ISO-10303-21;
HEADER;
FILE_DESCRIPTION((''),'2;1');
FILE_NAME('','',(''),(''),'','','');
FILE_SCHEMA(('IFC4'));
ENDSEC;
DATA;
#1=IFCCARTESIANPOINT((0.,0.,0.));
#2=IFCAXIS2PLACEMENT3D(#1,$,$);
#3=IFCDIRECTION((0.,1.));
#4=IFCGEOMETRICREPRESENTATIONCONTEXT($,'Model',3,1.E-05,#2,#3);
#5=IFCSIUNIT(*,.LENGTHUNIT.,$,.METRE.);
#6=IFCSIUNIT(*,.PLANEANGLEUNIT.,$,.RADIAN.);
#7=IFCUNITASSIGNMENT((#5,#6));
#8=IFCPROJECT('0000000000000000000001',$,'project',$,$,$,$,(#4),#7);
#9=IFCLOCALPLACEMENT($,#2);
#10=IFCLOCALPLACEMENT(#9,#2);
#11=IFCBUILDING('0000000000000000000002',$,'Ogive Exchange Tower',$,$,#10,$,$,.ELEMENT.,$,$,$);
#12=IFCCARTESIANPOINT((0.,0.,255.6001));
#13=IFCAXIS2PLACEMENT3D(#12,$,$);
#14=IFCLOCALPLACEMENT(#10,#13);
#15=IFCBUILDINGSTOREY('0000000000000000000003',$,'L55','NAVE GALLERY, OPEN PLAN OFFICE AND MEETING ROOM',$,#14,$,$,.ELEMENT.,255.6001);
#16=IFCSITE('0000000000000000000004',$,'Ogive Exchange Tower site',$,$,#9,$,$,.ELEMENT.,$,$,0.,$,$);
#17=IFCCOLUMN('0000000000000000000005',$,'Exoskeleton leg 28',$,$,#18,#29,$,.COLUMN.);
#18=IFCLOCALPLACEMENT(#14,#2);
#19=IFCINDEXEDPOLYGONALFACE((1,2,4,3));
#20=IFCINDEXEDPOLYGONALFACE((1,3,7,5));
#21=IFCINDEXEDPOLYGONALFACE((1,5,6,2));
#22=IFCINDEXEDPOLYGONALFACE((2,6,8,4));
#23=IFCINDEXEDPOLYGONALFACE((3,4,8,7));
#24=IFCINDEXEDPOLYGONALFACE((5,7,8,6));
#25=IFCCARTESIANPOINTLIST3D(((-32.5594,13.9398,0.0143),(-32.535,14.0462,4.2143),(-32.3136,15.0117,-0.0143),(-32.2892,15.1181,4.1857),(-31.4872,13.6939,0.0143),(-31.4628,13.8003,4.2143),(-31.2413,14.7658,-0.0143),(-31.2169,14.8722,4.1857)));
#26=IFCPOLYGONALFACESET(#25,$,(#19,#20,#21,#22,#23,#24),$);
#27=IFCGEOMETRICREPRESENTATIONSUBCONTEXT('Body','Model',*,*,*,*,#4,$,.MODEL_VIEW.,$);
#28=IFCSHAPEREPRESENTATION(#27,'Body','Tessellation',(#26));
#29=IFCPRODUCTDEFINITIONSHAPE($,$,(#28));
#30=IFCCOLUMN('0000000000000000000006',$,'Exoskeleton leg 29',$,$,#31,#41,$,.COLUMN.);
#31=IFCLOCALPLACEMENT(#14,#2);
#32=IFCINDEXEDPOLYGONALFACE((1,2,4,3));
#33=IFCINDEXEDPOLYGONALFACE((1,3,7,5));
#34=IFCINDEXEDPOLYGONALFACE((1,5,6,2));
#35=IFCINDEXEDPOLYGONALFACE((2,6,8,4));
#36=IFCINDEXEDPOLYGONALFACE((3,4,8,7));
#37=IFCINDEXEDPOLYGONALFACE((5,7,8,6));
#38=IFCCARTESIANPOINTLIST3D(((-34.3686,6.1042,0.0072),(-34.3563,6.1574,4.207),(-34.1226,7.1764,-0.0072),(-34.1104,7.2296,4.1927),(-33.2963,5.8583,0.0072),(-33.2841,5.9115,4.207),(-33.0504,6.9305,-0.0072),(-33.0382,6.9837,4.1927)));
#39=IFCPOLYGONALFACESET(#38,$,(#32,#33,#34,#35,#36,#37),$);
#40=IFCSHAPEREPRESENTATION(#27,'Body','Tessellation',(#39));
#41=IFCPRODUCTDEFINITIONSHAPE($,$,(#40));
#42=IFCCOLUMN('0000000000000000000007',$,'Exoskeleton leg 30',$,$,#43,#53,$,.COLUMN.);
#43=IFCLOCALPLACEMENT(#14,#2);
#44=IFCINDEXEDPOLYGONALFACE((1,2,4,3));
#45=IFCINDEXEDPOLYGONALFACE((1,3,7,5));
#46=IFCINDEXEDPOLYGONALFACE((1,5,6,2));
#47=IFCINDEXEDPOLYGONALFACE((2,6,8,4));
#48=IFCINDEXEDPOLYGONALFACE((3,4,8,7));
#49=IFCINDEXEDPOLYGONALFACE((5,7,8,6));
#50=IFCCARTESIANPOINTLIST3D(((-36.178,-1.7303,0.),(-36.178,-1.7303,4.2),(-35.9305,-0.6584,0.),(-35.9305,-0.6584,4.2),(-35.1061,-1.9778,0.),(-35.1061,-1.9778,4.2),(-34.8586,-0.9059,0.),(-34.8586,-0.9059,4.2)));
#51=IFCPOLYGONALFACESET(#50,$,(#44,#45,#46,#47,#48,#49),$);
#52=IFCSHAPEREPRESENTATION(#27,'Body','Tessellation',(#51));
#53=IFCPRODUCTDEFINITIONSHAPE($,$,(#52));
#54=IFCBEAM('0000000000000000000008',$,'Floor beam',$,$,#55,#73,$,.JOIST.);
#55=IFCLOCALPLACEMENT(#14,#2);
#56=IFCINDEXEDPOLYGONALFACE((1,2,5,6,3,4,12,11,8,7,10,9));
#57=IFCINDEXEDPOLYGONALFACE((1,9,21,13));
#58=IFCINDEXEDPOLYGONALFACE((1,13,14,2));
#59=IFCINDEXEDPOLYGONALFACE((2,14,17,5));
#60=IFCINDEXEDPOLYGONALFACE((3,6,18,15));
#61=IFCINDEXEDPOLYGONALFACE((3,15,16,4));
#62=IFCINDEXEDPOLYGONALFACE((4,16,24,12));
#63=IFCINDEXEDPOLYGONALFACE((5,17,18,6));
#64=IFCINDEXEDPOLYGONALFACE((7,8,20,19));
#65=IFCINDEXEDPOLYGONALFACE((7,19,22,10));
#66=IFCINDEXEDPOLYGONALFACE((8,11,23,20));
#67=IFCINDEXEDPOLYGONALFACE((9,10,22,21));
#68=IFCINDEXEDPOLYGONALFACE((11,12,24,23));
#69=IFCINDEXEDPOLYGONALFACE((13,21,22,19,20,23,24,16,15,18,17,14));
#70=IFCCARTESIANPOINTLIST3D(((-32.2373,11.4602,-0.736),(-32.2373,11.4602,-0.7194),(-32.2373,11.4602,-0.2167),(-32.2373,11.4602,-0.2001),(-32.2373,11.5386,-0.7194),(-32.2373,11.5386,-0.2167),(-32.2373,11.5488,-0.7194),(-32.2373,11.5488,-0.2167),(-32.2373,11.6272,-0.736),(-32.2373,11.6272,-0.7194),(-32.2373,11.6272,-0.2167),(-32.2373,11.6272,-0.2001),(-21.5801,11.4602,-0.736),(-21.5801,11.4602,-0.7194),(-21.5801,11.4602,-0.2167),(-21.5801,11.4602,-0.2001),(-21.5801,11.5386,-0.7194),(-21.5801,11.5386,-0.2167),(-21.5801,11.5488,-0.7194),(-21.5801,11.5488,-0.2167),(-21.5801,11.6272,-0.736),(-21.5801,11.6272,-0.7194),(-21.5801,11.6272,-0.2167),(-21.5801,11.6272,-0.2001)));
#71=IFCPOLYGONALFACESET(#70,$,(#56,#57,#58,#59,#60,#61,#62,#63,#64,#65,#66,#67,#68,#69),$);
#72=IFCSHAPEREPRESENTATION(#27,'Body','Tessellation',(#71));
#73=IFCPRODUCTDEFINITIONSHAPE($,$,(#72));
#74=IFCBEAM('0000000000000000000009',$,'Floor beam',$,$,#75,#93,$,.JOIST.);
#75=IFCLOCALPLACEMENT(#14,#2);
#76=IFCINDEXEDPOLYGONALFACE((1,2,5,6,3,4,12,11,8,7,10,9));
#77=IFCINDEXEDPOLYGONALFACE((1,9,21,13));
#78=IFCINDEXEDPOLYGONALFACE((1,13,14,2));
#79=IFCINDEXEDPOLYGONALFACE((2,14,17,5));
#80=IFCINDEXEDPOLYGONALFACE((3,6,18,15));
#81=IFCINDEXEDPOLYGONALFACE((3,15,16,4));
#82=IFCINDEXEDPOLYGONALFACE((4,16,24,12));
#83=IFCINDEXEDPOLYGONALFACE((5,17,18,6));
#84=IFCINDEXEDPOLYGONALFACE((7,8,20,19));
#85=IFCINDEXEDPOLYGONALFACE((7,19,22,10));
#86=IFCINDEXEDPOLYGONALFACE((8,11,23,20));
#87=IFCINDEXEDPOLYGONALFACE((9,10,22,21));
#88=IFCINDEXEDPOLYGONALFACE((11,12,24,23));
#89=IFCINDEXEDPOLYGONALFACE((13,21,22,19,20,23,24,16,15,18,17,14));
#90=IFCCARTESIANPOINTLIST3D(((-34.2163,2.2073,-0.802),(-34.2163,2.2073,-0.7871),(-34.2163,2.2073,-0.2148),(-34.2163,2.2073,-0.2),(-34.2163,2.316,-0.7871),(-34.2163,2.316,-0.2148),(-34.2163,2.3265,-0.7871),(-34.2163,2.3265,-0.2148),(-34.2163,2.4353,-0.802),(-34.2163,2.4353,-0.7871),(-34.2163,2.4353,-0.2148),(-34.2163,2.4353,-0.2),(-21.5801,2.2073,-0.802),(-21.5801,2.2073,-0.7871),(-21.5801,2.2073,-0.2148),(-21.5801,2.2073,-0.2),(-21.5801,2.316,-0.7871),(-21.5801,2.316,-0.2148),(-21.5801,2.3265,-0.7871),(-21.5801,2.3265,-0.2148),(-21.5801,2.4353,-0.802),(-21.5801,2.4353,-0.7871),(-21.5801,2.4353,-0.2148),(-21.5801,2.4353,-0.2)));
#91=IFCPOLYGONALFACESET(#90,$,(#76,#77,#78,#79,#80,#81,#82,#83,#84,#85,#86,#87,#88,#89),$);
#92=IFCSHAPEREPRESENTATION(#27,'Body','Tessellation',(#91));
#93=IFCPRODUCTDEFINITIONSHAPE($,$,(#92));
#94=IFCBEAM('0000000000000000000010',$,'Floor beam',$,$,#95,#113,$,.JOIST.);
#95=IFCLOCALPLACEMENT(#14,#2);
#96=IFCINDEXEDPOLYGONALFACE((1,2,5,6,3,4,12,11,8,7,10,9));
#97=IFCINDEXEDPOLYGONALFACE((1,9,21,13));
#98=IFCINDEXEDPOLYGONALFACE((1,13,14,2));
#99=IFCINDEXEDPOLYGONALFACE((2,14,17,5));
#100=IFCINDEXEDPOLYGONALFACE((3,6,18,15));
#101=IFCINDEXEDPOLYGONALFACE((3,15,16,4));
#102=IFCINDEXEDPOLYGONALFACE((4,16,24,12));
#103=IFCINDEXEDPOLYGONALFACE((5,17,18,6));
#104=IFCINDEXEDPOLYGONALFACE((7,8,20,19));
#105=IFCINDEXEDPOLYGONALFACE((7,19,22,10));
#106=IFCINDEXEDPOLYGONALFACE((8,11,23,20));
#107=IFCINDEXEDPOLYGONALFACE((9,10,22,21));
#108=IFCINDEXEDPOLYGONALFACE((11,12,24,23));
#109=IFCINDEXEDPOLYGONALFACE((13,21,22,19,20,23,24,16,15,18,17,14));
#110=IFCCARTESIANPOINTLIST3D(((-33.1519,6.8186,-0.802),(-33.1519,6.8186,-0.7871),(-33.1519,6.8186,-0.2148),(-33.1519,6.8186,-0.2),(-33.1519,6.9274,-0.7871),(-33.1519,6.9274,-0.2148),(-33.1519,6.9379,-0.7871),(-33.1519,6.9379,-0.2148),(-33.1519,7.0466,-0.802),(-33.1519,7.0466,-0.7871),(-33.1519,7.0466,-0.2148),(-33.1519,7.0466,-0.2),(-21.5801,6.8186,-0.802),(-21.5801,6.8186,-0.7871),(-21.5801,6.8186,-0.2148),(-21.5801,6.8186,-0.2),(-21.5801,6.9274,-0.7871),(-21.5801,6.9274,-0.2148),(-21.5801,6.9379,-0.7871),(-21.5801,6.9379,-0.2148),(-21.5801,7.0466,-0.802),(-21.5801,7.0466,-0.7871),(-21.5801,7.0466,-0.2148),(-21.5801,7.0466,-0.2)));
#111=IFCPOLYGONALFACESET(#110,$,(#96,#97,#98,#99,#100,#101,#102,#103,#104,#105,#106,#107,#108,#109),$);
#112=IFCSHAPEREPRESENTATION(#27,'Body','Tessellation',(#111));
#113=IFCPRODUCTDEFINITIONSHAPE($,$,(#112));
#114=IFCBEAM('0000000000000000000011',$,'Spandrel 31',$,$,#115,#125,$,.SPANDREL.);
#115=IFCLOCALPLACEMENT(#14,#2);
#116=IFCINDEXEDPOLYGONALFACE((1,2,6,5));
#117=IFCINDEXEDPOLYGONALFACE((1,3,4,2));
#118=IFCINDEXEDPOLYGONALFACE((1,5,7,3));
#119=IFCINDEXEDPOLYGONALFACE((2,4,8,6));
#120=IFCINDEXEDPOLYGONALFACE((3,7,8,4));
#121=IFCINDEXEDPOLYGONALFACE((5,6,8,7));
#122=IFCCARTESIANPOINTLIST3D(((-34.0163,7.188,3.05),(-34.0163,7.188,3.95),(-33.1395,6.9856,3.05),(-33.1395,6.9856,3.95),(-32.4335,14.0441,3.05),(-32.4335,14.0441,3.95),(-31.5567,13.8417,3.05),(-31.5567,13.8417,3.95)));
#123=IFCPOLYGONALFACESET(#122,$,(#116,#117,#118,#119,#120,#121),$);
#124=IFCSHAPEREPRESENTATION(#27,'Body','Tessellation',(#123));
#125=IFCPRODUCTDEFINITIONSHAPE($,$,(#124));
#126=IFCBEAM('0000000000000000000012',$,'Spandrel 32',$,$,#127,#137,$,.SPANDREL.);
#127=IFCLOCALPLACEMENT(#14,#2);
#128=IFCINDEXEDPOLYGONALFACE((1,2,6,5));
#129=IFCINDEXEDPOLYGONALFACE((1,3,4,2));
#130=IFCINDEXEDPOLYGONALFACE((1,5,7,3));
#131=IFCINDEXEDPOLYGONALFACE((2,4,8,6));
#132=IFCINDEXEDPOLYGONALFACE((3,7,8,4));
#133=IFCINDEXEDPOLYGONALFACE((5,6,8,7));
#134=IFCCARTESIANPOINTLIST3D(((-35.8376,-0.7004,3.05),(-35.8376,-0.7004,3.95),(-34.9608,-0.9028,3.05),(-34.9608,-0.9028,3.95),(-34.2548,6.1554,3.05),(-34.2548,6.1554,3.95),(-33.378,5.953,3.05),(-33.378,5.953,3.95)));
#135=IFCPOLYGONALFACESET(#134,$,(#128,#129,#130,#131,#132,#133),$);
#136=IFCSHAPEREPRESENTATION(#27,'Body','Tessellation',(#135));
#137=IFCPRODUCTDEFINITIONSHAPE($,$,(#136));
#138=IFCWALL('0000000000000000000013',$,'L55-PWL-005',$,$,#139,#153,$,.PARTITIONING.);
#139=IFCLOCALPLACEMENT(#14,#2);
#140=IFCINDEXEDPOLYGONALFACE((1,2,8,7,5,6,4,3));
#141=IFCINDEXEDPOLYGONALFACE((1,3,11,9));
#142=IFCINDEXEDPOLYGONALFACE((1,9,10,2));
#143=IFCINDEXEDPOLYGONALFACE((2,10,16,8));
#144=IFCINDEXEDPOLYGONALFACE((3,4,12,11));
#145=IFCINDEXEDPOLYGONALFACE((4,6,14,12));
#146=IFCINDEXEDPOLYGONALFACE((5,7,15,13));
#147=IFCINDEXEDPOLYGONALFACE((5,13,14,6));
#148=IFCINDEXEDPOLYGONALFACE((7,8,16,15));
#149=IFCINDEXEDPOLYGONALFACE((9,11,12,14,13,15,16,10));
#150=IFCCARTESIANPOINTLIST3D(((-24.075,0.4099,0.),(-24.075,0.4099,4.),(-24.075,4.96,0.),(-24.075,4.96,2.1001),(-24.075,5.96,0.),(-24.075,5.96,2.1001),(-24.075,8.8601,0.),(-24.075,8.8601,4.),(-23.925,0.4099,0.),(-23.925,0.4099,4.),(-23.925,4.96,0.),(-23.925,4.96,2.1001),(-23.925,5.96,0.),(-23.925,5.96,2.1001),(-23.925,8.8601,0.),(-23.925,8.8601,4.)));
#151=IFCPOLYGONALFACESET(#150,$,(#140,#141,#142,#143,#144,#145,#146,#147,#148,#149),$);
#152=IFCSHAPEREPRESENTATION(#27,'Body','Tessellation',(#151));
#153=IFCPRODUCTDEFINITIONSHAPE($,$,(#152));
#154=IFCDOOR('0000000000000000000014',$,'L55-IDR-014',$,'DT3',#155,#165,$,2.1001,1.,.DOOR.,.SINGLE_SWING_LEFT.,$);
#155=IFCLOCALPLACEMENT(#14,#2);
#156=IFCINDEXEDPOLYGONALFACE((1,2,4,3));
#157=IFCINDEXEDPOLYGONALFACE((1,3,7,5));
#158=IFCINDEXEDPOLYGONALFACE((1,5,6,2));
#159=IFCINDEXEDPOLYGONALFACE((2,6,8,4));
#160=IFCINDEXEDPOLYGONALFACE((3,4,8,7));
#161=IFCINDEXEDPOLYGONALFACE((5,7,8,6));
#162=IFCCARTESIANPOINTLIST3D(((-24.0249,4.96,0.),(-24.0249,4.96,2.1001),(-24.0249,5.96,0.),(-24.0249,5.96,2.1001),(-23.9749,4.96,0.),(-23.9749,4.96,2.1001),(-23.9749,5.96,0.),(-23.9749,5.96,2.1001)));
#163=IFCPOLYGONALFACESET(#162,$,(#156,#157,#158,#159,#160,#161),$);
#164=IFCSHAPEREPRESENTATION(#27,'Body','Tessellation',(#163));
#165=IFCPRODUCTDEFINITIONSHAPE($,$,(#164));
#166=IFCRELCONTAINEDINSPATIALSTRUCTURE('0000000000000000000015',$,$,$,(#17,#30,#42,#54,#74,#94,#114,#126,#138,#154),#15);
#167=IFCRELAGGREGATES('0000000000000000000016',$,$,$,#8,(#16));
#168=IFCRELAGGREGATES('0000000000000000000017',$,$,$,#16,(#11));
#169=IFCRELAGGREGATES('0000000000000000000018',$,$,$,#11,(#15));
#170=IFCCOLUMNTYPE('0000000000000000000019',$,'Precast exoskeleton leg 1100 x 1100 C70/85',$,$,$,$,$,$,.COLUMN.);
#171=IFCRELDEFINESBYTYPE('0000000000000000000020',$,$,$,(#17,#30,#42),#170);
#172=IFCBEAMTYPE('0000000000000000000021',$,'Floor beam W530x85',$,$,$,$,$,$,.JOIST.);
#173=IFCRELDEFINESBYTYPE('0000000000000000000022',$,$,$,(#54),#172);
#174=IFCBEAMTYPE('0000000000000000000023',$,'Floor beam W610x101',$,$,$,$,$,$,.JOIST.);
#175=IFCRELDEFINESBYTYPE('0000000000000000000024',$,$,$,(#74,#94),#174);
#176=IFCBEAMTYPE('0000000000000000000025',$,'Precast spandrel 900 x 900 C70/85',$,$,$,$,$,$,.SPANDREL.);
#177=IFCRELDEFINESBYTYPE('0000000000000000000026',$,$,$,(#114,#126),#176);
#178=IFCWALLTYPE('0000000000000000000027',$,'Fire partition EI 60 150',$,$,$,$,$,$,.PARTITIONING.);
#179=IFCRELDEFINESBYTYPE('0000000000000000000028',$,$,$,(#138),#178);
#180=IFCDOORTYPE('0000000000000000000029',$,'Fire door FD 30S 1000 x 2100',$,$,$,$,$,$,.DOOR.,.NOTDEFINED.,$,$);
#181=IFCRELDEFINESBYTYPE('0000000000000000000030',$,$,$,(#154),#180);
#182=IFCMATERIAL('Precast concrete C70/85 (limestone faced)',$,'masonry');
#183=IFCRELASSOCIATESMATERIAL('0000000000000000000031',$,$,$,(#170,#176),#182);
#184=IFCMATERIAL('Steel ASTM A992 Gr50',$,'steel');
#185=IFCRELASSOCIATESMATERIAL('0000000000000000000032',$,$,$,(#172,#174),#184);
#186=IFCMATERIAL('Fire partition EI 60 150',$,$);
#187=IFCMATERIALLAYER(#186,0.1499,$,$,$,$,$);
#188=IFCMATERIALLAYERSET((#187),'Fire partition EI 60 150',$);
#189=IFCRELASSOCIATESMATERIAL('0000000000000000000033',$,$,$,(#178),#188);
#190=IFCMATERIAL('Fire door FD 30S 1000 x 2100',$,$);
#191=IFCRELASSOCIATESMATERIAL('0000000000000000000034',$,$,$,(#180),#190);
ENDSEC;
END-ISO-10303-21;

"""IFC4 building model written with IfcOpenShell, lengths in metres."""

from ifc_helpers import new_model, si_unit, direction, frame, frame_2d, origin, origin_2d, place, context, subcontext, project, spatial, rectangle, i_section, extrude, material, layer, layer_set, material_profile, profile_set, type_object, element, fill, save


model = new_model("IFC4")

# Units and contexts
model_context = context("Model", 3, precision=1e-05, world=origin(), true_north=direction((0.0, 1.0)))
body_context = subcontext(model_context, "Body", "Model", "MODEL_VIEW")
ifc_project = project(units=[si_unit("LENGTHUNIT", "METRE"), si_unit("PLANEANGLEUNIT", "RADIAN")], contexts=[model_context])

# Site, building, storey
site_placement = place(None, origin())
site = spatial("IfcSite", under=ifc_project, at=site_placement, Name="Ogive Exchange Tower site", CompositionType="ELEMENT", RefElevation=0.0)
building_placement = place(site_placement, origin())
building = spatial("IfcBuilding", under=site, at=building_placement, Name="Ogive Exchange Tower", CompositionType="ELEMENT")
storey_placement = place(building_placement, frame((0.0, 0.0, 255.6001)))
storey = spatial("IfcBuildingStorey", under=building, at=storey_placement, Name="L55", Description="NAVE GALLERY, OPEN PLAN OFFICE AND MEETING ROOM", CompositionType="ELEMENT", Elevation=255.6001)

# Columns
ifc_material_1 = material(Name="Precast concrete C70/85 (limestone faced)", Category="masonry")
ifc_material_profile_1 = material_profile(ifc_material_1, rectangle(XDim=1.1001, YDim=1.1001, at=origin_2d()), Name="1100 x 1100")
ifc_profile_set_1 = profile_set([ifc_material_profile_1], Name="Precast concrete C70/85 (limestone faced)")
column_type = type_object("IfcColumnType", Name="Precast exoskeleton leg 1100 x 1100 C70/85", PredefinedType="COLUMN", material=ifc_profile_set_1)
column_1_placement = place(storey_placement, frame((-31.9004, 14.3528, 0.0), z_axis=(0.005811, 0.025336, 0.999662), x_axis=(-0.974692, 0.223553, 0.0)))
element("IfcColumn", 1, at=column_1_placement, inside=storey, type_object=column_type, Name="Exoskeleton leg 28", PredefinedType="COLUMN", context=body_context, shape_type="SweptSolid", body=[
    extrude(rectangle(XDim=1.1001, YDim=1.1001, at=origin_2d()), origin(), (0.0, 0.0, 1.0), 4.2014),
])
column_2_placement = place(storey_placement, frame((-33.7095, 6.5173, 0.0), z_axis=(0.002906, 0.012671, 0.999915), x_axis=(-0.974692, 0.223553, 0.0)))
element("IfcColumn", 2, at=column_2_placement, inside=storey, type_object=column_type, Name="Exoskeleton leg 29", PredefinedType="COLUMN", context=body_context, shape_type="SweptSolid", body=[
    extrude(rectangle(XDim=1.1001, YDim=1.1001, at=origin_2d()), origin(), (0.0, 0.0, 1.0), 4.2002),
])
column_3_placement = place(storey_placement, frame((-35.5183, -1.3181, 0.0), z_axis=(0.0, 0.0, 1.0), x_axis=(0.97437, -0.224951, 0.0)))
element("IfcColumn", 3, at=column_3_placement, inside=storey, type_object=column_type, Name="Exoskeleton leg 30", PredefinedType="COLUMN", context=body_context, shape_type="SweptSolid", body=[
    extrude(rectangle(XDim=1.1001, YDim=1.1001, at=origin_2d()), origin(), (0.0, 0.0, 1.0), 4.2),
])

# Beams
ifc_material_2 = material(Name="Steel ASTM A992 Gr50", Category="steel")
ifc_material_profile_2 = material_profile(ifc_material_2, i_section(OverallWidth=0.167, OverallDepth=0.5359, WebThickness=0.0103, FlangeThickness=0.0166, at=origin_2d()), Name="W530x85")
ifc_profile_set_2 = profile_set([ifc_material_profile_2], Name="Steel ASTM A992 Gr50")
beam_type_1 = type_object("IfcBeamType", Name="Floor beam W530x85", PredefinedType="JOIST", material=ifc_profile_set_2)
beam_1_placement = place(storey_placement, frame((-32.2373, 11.5437, -0.468), z_axis=(1.0, 0.0, 0.0), x_axis=(0.0, 1.0, 0.0)))
element("IfcBeam", 4, at=beam_1_placement, inside=storey, type_object=beam_type_1, Name="Floor beam", PredefinedType="JOIST", context=body_context, shape_type="SweptSolid", body=[
    extrude(i_section(OverallWidth=0.167, OverallDepth=0.5359, WebThickness=0.0103, FlangeThickness=0.0166, at=origin_2d()), origin(), (0.0, 0.0, 1.0), 10.6572),
])
ifc_material_profile_3 = material_profile(ifc_material_2, i_section(OverallWidth=0.228, OverallDepth=0.6021, WebThickness=0.0105, FlangeThickness=0.0149, at=origin_2d()), Name="W610x101")
ifc_profile_set_3 = profile_set([ifc_material_profile_3], Name="Steel ASTM A992 Gr50")
beam_type_2 = type_object("IfcBeamType", Name="Floor beam W610x101", PredefinedType="JOIST", material=ifc_profile_set_3)
beam_2_placement = place(storey_placement, frame((-34.2163, 2.3213, -0.501), z_axis=(1.0, 0.0, 0.0), x_axis=(0.0, 1.0, 0.0)))
element("IfcBeam", 5, at=beam_2_placement, inside=storey, type_object=beam_type_2, Name="Floor beam", PredefinedType="JOIST", context=body_context, shape_type="SweptSolid", body=[
    extrude(i_section(OverallWidth=0.228, OverallDepth=0.6021, WebThickness=0.0105, FlangeThickness=0.0149, at=origin_2d()), origin(), (0.0, 0.0, 1.0), 12.6362),
])
beam_3_placement = place(storey_placement, frame((-33.1519, 6.9326, -0.501), z_axis=(1.0, 0.0, 0.0), x_axis=(0.0, 1.0, 0.0)))
element("IfcBeam", 6, at=beam_3_placement, inside=storey, type_object=beam_type_2, Name="Floor beam", PredefinedType="JOIST", context=body_context, shape_type="SweptSolid", body=[
    extrude(i_section(OverallWidth=0.228, OverallDepth=0.6021, WebThickness=0.0105, FlangeThickness=0.0149, at=origin_2d()), origin(), (0.0, 0.0, 1.0), 11.5718),
])
ifc_material_profile_4 = material_profile(ifc_material_1, rectangle(XDim=0.8999, YDim=0.8999, at=origin_2d()), Name="900 x 900")
ifc_profile_set_4 = profile_set([ifc_material_profile_4], Name="Precast concrete C70/85 (limestone faced)")
beam_type_3 = type_object("IfcBeamType", Name="Precast spandrel 900 x 900 C70/85", PredefinedType="SPANDREL", material=ifc_profile_set_4)
beam_4_placement = place(storey_placement, frame((-31.9951, 13.9429, 3.5), z_axis=(-0.224943, -0.974372, 0.0), x_axis=(0.974372, -0.224943, 0.0)))
element("IfcBeam", 7, at=beam_4_placement, inside=storey, type_object=beam_type_3, Name="Spandrel 31", PredefinedType="SPANDREL", context=body_context, shape_type="SweptSolid", body=[
    extrude(rectangle(XDim=0.8999, YDim=0.8999, at=origin_2d()), origin(), (0.0, 0.0, 1.0), 7.0364),
])
beam_5_placement = place(storey_placement, frame((-33.8164, 6.0542, 3.5), z_axis=(-0.224951, -0.97437, 0.0), x_axis=(0.97437, -0.224951, 0.0)))
element("IfcBeam", 8, at=beam_5_placement, inside=storey, type_object=beam_type_3, Name="Spandrel 32", PredefinedType="SPANDREL", context=body_context, shape_type="SweptSolid", body=[
    extrude(rectangle(XDim=0.8999, YDim=0.8999, at=origin_2d()), origin(), (0.0, 0.0, 1.0), 7.0361),
])

# Wall, opening, door
ifc_material_3 = material(Name="Fire partition EI 60 150")
ifc_layer_1 = layer(ifc_material_3, 0.1499)
ifc_layer_set_1 = layer_set([ifc_layer_1], Name="Fire partition EI 60 150")
wall_type_1 = type_object("IfcWallType", Name="Fire partition EI 60 150", PredefinedType="PARTITIONING", material=ifc_layer_set_1)
wall_1_placement = place(storey_placement, frame((-24.0, 0.4099, 0.0), z_axis=(0.0, 0.0, 1.0), x_axis=(0.0, 1.0, 0.0)))
wall_1 = element("IfcWall", 9, at=wall_1_placement, inside=storey, type_object=wall_type_1, Name="L55-PWL-005", PredefinedType="PARTITIONING", context=body_context, shape_type="SweptSolid", body=[
    extrude(rectangle(XDim=8.4502, YDim=0.1499, at=frame_2d((4.2251, 0.0))), origin(), (0.0, 0.0, 1.0), 4.0),
])
opening_1_placement = place(wall_1_placement, frame((4.55, 0.0, 0.0)))
opening_1 = element("IfcOpeningElement", 10, at=opening_1_placement, cuts=wall_1, PredefinedType="OPENING", context=body_context, shape_type="SweptSolid", body=[
    extrude(rectangle(XDim=1.0, YDim=2.1001, at=frame_2d((0.5, 1.05))), frame((0.0, 0.085, 0.0), z_axis=(0.0, -1.0, 0.0), x_axis=(1.0, 0.0, 0.0)), (0.0, 0.0, 1.0), 0.1699),
])
ifc_material_4 = material(Name="Fire door FD 30S 1000 x 2100")
door_type = type_object("IfcDoorType", Name="Fire door FD 30S 1000 x 2100", OperationType="NOTDEFINED", PredefinedType="DOOR", material=ifc_material_4)
door_1_placement = place(opening_1_placement, origin())
door_1 = element("IfcDoor", 11, at=door_1_placement, inside=storey, type_object=door_type, Name="L55-IDR-014", ObjectType="DT3", OperationType="SINGLE_SWING_LEFT", OverallHeight=2.1001, OverallWidth=1.0, PredefinedType="DOOR", context=body_context, shape_type="SweptSolid", body=[
    extrude(rectangle(XDim=1.0, YDim=2.1001, at=frame_2d((0.5, 1.05))), frame((0.0, 0.0249, 0.0), z_axis=(0.0, -1.0, 0.0), x_axis=(1.0, 0.0, 0.0)), (0.0, 0.0, 1.0), 0.05),
])
fill(opening_1, door_1)

save(model, "model.ifc")
